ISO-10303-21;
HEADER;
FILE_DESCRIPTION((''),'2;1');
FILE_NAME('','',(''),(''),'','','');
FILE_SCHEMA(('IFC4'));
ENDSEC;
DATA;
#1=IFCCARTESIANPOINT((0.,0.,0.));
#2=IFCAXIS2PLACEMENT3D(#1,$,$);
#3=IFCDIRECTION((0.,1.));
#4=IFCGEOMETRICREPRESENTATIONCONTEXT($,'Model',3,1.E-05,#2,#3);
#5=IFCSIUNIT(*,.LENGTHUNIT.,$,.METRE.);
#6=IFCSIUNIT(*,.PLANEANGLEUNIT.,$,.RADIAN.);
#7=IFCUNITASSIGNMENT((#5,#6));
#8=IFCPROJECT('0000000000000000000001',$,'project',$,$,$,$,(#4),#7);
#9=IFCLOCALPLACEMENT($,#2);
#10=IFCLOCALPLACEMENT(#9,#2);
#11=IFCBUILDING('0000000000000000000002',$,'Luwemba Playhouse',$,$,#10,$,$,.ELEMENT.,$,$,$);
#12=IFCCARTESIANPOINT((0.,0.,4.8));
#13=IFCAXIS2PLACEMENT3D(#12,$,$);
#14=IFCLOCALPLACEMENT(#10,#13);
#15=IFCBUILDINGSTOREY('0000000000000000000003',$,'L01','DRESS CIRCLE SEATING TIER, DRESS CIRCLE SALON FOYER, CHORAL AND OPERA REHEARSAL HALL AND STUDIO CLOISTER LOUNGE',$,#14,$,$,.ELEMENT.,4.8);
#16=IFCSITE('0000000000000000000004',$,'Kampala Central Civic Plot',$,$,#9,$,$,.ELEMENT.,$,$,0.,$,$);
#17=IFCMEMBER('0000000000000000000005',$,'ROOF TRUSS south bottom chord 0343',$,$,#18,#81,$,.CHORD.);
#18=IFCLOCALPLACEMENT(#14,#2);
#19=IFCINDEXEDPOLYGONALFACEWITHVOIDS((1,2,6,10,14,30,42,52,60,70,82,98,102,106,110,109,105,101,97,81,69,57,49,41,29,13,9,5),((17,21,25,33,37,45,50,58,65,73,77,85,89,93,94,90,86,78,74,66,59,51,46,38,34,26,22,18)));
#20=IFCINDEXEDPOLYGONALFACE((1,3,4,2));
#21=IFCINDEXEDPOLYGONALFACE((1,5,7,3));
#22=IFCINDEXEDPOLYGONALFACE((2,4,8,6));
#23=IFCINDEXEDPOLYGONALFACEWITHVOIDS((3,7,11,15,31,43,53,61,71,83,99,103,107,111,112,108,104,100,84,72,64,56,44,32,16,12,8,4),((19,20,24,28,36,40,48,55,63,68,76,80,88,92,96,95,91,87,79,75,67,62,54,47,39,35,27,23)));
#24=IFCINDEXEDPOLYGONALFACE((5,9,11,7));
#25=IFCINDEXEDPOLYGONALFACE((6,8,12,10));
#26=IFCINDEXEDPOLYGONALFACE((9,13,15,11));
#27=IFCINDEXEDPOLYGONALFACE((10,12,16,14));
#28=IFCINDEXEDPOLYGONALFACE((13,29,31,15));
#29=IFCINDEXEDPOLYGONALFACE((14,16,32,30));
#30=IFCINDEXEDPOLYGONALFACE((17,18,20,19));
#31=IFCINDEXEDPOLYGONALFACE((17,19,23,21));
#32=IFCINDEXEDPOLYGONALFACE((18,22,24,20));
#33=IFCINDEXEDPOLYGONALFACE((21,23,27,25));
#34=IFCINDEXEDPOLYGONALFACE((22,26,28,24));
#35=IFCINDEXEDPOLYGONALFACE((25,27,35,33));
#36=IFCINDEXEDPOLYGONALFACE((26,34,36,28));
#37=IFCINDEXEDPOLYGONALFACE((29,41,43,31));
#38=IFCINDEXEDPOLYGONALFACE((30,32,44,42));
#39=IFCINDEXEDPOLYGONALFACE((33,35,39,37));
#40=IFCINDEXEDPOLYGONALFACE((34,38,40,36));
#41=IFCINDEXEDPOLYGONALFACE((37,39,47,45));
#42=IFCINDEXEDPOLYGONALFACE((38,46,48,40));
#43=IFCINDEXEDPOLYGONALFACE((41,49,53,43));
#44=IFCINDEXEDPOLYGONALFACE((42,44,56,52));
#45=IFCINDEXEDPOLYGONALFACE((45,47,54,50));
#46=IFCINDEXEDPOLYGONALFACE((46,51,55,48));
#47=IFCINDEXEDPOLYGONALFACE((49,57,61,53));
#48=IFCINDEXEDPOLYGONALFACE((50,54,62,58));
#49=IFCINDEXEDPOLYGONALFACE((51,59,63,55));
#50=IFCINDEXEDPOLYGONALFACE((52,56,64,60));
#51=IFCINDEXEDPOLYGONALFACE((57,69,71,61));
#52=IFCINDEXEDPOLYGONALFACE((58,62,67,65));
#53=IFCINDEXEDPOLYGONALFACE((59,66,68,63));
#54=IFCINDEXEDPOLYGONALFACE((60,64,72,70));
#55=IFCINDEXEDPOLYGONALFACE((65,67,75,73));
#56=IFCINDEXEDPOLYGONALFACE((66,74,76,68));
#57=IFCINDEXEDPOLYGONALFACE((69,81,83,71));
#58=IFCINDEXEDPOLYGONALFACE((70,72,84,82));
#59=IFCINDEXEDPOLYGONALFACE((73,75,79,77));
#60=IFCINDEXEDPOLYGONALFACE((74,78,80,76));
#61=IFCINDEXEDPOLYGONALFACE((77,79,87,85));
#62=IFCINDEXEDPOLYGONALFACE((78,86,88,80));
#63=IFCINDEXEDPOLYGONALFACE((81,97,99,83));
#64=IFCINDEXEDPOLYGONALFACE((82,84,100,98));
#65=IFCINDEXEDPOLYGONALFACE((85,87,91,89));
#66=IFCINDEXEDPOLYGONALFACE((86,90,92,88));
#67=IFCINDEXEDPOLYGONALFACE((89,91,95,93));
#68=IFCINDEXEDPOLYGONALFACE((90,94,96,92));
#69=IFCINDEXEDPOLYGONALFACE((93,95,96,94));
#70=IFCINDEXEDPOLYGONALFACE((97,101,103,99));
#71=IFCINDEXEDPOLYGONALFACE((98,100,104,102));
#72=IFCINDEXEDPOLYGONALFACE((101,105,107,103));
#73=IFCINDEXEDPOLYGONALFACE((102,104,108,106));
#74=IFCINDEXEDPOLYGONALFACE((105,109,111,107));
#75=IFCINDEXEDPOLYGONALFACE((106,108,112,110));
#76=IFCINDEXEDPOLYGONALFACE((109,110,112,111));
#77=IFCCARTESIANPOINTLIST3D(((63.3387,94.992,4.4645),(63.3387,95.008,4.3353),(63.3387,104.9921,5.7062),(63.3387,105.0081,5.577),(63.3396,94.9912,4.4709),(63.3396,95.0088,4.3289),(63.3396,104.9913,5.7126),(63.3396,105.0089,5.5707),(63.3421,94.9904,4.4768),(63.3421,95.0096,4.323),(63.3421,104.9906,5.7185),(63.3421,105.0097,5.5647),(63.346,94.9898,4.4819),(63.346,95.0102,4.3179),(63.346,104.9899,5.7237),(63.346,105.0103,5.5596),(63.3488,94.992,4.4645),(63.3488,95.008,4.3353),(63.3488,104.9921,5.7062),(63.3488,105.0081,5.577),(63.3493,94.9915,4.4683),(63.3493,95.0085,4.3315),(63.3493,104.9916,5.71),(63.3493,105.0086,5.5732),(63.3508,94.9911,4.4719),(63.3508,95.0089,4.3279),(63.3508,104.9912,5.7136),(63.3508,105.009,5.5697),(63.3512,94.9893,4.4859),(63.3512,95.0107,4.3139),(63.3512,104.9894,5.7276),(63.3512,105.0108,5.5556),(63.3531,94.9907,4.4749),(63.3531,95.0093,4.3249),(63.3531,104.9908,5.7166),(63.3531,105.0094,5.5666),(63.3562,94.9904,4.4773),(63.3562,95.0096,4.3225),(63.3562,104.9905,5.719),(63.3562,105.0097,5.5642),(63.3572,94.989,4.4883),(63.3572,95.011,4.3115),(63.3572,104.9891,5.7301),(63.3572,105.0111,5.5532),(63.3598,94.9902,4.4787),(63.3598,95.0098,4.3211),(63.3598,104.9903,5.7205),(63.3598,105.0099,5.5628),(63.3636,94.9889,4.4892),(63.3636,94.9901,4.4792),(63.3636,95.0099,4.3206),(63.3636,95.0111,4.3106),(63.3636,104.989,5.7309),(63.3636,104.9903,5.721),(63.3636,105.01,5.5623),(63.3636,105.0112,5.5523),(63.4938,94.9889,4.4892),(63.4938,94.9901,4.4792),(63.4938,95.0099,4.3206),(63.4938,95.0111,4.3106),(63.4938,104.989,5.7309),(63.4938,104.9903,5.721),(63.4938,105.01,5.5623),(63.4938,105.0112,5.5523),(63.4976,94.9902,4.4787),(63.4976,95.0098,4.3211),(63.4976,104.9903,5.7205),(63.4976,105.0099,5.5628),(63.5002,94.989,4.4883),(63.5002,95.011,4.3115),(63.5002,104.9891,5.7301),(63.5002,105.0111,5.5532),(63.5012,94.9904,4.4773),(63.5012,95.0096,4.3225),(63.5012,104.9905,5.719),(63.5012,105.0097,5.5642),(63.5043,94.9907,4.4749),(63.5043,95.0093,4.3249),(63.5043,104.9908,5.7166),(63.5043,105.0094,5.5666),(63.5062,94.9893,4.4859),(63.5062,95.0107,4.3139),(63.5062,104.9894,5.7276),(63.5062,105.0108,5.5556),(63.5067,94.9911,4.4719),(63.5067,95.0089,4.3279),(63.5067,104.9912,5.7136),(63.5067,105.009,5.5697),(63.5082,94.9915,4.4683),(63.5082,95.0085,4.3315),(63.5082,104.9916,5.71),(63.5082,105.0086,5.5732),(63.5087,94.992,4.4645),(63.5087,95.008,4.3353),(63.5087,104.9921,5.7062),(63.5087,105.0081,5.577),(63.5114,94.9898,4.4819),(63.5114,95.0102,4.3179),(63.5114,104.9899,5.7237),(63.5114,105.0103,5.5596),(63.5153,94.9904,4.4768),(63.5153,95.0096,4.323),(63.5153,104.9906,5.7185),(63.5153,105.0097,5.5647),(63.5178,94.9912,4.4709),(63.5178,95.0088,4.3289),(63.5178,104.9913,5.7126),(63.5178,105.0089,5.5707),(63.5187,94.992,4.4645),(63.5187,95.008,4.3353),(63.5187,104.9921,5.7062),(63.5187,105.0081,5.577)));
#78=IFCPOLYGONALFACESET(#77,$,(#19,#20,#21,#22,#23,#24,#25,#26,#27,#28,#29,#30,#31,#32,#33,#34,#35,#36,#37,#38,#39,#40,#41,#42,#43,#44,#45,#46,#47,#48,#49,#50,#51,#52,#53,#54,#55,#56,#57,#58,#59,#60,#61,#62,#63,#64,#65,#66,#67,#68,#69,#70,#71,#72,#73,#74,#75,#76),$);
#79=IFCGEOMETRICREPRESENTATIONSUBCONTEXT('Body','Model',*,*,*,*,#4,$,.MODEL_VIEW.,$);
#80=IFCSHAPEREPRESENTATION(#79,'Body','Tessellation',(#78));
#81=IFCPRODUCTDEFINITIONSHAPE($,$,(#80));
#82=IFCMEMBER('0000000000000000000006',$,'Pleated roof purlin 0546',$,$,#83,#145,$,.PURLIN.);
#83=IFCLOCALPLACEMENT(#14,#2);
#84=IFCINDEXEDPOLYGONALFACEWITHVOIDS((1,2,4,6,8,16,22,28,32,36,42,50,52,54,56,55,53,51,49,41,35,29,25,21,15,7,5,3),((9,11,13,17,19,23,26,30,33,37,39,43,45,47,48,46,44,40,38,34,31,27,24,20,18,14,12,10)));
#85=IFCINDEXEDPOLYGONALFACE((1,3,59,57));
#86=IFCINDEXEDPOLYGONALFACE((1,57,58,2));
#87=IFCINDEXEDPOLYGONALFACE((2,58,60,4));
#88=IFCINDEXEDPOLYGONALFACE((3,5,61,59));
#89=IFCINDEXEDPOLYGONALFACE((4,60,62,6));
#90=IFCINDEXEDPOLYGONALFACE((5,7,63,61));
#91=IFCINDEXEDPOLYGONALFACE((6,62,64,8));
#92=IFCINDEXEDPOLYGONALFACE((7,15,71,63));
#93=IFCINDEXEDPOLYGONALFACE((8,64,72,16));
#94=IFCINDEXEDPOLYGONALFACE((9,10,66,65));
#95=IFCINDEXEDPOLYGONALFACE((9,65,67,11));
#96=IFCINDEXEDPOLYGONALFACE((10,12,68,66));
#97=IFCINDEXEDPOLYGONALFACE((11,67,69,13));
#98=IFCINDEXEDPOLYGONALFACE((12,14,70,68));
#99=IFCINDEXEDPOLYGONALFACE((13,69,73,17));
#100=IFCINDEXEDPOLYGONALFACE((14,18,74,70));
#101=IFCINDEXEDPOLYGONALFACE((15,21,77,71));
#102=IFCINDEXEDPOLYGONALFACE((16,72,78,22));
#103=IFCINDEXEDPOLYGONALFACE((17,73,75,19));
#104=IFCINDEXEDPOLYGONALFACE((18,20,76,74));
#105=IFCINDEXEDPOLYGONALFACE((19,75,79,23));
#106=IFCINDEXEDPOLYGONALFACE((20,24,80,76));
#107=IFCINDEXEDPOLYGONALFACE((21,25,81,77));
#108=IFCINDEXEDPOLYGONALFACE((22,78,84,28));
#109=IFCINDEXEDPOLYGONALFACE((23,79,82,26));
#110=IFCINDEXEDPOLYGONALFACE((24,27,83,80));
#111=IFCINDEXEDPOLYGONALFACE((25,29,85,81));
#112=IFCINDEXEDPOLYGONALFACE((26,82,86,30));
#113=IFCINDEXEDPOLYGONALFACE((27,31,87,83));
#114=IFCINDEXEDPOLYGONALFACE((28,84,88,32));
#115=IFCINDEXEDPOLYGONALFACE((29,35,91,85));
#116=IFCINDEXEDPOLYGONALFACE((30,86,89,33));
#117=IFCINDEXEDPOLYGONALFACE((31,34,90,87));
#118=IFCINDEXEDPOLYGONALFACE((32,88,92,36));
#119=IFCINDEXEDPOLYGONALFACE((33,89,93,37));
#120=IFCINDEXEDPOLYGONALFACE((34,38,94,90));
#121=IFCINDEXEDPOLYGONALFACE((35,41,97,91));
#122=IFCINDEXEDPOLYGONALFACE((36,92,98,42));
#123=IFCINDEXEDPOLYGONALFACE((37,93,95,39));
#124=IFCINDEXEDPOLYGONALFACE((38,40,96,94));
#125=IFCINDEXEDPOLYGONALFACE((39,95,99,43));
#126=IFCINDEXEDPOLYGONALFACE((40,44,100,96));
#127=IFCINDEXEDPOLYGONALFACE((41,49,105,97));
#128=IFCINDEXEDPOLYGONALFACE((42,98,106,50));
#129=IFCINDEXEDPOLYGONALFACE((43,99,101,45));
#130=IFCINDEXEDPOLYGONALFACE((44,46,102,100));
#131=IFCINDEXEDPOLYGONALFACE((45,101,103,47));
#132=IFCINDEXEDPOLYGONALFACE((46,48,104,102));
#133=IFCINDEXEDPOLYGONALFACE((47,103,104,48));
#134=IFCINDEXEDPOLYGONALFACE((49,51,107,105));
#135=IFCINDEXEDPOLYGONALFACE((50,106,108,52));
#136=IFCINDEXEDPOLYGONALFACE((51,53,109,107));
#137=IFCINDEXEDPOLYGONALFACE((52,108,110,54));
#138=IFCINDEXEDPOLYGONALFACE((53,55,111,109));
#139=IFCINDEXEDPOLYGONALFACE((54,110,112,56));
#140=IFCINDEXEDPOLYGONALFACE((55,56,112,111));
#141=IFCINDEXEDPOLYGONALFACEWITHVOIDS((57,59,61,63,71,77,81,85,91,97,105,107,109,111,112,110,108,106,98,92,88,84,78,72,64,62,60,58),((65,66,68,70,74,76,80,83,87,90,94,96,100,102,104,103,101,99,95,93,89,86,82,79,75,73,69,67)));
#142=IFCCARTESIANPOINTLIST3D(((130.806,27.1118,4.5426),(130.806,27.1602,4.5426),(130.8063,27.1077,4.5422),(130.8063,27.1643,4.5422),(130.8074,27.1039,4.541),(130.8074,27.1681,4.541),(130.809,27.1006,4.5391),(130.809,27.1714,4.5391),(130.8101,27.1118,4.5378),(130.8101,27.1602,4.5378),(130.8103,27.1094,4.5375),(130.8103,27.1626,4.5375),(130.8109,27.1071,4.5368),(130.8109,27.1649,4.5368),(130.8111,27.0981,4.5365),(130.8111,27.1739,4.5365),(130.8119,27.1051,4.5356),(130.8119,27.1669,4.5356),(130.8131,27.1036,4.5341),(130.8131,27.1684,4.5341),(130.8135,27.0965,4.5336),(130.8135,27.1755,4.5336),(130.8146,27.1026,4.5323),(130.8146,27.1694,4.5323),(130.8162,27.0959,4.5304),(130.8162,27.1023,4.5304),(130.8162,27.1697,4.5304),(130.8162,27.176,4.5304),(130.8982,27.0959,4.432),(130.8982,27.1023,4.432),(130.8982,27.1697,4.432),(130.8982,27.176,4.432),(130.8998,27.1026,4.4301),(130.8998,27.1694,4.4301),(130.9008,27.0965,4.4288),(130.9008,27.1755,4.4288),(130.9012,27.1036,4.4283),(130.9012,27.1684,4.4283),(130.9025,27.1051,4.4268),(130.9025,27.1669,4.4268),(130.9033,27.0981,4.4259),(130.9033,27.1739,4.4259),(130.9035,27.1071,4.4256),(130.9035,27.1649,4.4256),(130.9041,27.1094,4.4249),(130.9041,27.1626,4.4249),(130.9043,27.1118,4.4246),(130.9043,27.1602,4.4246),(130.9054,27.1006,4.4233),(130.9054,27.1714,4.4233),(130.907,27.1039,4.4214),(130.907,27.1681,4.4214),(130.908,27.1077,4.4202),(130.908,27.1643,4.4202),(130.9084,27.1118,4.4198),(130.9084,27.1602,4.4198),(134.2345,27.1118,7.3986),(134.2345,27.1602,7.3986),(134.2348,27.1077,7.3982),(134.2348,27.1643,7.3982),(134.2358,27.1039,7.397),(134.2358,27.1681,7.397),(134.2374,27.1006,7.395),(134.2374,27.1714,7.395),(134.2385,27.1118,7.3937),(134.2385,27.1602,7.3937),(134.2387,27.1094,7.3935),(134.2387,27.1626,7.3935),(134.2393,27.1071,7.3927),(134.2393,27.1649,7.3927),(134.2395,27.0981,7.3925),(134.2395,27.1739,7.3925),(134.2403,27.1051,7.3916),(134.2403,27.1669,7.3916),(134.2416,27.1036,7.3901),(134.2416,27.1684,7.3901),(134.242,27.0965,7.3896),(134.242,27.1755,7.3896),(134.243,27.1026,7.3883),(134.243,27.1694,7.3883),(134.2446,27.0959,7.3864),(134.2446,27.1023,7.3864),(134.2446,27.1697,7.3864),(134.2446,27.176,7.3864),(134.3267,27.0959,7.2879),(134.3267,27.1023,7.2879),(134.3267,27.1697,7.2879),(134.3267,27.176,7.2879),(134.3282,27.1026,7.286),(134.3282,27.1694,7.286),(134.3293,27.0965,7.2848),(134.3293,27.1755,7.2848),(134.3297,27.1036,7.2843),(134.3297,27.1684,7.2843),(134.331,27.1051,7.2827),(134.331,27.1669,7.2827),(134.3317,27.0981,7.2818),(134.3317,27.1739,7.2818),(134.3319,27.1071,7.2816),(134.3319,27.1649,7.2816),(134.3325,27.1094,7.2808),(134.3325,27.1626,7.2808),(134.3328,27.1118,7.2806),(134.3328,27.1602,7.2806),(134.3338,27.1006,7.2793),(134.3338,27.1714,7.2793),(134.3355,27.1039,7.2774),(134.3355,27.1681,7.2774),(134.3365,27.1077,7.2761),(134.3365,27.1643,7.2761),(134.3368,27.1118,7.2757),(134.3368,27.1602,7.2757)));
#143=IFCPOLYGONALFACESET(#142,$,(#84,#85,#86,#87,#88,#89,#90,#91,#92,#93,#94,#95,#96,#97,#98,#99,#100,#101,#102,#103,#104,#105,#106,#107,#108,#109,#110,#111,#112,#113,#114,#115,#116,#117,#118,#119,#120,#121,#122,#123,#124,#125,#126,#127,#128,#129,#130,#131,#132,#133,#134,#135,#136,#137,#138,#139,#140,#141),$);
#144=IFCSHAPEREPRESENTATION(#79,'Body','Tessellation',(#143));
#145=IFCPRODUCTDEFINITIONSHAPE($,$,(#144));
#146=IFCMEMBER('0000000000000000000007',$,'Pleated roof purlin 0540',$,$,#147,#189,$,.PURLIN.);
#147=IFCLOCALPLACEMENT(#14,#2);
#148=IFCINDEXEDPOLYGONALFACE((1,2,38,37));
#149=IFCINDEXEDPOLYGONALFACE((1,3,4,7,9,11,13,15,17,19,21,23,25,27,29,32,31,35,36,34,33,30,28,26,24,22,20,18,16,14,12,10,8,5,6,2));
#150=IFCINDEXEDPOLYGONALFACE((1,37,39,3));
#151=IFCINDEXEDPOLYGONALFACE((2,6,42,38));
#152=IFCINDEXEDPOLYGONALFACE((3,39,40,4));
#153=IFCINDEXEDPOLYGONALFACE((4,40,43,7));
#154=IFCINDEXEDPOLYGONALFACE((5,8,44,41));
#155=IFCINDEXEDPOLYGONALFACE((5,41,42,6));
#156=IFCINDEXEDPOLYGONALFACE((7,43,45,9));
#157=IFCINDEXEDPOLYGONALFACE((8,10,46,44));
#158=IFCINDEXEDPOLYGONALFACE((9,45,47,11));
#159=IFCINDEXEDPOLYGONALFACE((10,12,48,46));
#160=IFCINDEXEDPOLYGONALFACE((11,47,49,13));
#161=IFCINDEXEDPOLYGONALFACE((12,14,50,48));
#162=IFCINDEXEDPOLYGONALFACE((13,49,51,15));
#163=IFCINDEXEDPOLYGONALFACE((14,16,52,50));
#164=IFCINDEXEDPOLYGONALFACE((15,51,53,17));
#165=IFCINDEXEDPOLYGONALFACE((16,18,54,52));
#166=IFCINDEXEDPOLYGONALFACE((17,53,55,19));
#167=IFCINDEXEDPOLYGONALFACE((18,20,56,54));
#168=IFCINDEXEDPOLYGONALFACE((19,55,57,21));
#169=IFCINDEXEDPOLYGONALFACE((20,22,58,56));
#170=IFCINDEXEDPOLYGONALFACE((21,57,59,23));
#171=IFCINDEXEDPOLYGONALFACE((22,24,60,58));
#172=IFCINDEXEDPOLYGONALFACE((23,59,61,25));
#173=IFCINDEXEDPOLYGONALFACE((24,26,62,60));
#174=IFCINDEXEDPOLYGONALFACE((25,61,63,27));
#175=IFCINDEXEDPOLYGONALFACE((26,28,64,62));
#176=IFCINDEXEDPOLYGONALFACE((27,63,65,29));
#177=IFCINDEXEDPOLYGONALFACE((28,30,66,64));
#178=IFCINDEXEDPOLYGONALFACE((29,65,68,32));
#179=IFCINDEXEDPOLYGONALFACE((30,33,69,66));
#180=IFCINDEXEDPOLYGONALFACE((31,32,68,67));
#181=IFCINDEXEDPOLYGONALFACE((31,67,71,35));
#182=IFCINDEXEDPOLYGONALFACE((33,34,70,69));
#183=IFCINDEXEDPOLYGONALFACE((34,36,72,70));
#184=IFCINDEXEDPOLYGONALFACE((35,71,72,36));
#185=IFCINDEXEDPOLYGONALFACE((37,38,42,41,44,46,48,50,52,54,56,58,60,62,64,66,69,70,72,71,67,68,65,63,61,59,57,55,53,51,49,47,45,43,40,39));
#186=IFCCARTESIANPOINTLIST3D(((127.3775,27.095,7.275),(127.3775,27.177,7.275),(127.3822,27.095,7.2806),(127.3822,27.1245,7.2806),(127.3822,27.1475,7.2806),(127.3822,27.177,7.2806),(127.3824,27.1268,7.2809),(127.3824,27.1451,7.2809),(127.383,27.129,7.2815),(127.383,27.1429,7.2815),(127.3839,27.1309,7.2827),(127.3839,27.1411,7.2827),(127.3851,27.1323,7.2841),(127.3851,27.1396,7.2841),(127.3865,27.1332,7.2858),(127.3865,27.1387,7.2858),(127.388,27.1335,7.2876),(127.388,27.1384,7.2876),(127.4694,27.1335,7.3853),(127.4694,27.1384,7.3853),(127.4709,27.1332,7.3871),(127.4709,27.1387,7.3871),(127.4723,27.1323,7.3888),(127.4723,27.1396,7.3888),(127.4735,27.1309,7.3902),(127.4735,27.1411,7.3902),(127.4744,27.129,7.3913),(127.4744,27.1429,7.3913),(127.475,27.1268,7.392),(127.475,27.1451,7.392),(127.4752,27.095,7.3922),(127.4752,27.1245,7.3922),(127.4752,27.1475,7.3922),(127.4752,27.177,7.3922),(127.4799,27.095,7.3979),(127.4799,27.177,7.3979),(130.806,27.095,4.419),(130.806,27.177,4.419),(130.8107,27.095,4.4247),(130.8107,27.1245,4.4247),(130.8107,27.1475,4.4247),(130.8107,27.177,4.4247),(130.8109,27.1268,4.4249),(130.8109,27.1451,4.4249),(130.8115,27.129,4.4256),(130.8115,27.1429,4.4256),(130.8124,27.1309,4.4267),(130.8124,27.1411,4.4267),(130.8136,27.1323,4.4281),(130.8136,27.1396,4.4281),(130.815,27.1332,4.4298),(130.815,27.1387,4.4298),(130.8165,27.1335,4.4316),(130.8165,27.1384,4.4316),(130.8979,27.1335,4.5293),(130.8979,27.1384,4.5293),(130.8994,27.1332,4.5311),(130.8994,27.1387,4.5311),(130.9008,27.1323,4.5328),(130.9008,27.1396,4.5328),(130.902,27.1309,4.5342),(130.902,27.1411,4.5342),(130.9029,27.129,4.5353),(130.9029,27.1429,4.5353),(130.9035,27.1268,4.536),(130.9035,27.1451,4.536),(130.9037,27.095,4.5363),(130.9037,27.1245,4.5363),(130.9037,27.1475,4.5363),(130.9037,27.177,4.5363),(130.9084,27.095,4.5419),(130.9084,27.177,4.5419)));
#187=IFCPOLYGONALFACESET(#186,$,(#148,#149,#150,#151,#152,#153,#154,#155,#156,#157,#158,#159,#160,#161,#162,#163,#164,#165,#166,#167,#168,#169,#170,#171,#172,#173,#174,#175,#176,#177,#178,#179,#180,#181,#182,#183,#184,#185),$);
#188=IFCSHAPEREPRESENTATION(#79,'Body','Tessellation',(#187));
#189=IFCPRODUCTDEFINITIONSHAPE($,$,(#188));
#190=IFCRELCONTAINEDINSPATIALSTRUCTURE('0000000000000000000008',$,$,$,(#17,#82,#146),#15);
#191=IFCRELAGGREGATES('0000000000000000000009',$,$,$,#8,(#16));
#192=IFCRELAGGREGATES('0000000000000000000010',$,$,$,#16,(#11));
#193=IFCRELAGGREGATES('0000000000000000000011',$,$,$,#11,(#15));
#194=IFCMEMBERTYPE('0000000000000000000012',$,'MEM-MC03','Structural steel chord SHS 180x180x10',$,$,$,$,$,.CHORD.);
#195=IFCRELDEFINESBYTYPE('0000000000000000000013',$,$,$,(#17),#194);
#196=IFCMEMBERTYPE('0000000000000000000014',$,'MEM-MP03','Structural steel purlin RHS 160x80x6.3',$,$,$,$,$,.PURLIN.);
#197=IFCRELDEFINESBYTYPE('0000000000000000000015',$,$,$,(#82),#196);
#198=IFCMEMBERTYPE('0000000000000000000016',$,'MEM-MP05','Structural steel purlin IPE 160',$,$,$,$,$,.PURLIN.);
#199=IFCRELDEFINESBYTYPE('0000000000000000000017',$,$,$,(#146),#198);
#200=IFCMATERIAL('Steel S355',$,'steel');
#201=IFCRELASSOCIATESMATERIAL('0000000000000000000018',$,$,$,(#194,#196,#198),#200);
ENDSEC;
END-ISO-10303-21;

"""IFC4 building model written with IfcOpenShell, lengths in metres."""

from ifc_helpers import new_model, si_unit, direction, frame, origin, origin_2d, place, context, subcontext, project, spatial, hollow_rectangle, i_section, extrude, material, material_profile, profile_set, type_object, element, save


model = new_model("IFC4")

# Units and contexts
model_context = context("Model", 3, precision=1e-05, world=origin(), true_north=direction((0.0, 1.0)))
body_context = subcontext(model_context, "Body", "Model", "MODEL_VIEW")
ifc_project = project(units=[si_unit("LENGTHUNIT", "METRE"), si_unit("PLANEANGLEUNIT", "RADIAN")], contexts=[model_context])

# Site, building, storey
site_placement = place(None, origin())
site = spatial("IfcSite", under=ifc_project, at=site_placement, Name="Kampala Central Civic Plot", CompositionType="ELEMENT", RefElevation=0.0)
building_placement = place(site_placement, origin())
building = spatial("IfcBuilding", under=site, at=building_placement, Name="Luwemba Playhouse", CompositionType="ELEMENT")
storey_placement = place(building_placement, frame((0.0, 0.0, 4.8)))
storey = spatial("IfcBuildingStorey", under=building, at=storey_placement, Name="L01", Description="DRESS CIRCLE SEATING TIER, DRESS CIRCLE SALON FOYER, CHORAL AND OPERA REHEARSAL HALL AND STUDIO CLOISTER LOUNGE", CompositionType="ELEMENT", Elevation=4.8)

# Shared definitions
ifc_material_1 = material(Name="Steel S355", Category="steel")

# Members
ifc_material_profile_1 = material_profile(ifc_material_1, hollow_rectangle(XDim=0.1799, YDim=0.1799, WallThickness=0.01, InnerFilletRadius=0.0149, OuterFilletRadius=0.0249, at=origin_2d()))
ifc_profile_set_1 = profile_set([ifc_material_profile_1], Name="Steel S355")
member_type_1 = type_object("IfcMemberType", Name="MEM-MC03", Description="Structural steel chord SHS 180x180x10", PredefinedType="CHORD", material=ifc_profile_set_1)
member_1_placement = place(storey_placement, frame((63.4287, 95.0, 4.3999), z_axis=(0.0, 0.992379, 0.123224), x_axis=(-1.0, 0.0, 0.0)))
element("IfcMember", 1, at=member_1_placement, inside=storey, type_object=member_type_1, Name="ROOF TRUSS south bottom chord 0343", PredefinedType="CHORD", context=body_context, shape_type="SweptSolid", body=[
    extrude(hollow_rectangle(XDim=0.1799, YDim=0.1799, WallThickness=0.01, InnerFilletRadius=0.0149, OuterFilletRadius=0.0249, at=origin_2d()), origin(), (0.0, 0.0, 1.0), 10.0769),
])
ifc_material_profile_2 = material_profile(ifc_material_1, hollow_rectangle(XDim=0.0801, YDim=0.1599, WallThickness=0.0063, InnerFilletRadius=0.0095, OuterFilletRadius=0.0159, at=origin_2d()))
ifc_profile_set_2 = profile_set([ifc_material_profile_2], Name="Steel S355")
member_type_2 = type_object("IfcMemberType", Name="MEM-MP03", Description="Structural steel purlin RHS 160x80x6.3", PredefinedType="PURLIN", material=ifc_profile_set_2)
member_2_placement = place(storey_placement, frame((130.8572, 27.136, 4.4812), z_axis=(0.768342, 0.0, 0.640039), x_axis=(0.0, 1.0, 0.0)))
element("IfcMember", 2, at=member_2_placement, inside=storey, type_object=member_type_2, Name="Pleated roof purlin 0546", PredefinedType="PURLIN", context=body_context, shape_type="SweptSolid", body=[
    extrude(hollow_rectangle(XDim=0.0801, YDim=0.1599, WallThickness=0.0063, InnerFilletRadius=0.0095, OuterFilletRadius=0.0159, at=origin_2d()), origin(), (0.0, 0.0, 1.0), 4.4622),
])
ifc_material_profile_3 = material_profile(ifc_material_1, i_section(OverallWidth=0.082, OverallDepth=0.1599, WebThickness=0.0049, FlangeThickness=0.0073, FilletRadius=0.009, at=origin_2d()))
ifc_profile_set_3 = profile_set([ifc_material_profile_3], Name="Steel S355")
member_type_3 = type_object("IfcMemberType", Name="MEM-MP05", Description="Structural steel purlin IPE 160", PredefinedType="PURLIN", material=ifc_profile_set_3)
member_3_placement = place(storey_placement, frame((127.4287, 27.136, 7.3364), z_axis=(0.768342, 0.0, -0.640039), x_axis=(0.0, 1.0, 0.0)))
element("IfcMember", 3, at=member_3_placement, inside=storey, type_object=member_type_3, Name="Pleated roof purlin 0540", PredefinedType="PURLIN", context=body_context, shape_type="SweptSolid", body=[
    extrude(i_section(OverallWidth=0.082, OverallDepth=0.1599, WebThickness=0.0049, FlangeThickness=0.0073, FilletRadius=0.009, at=origin_2d()), origin(), (0.0, 0.0, 1.0), 4.4622),
])

save(model, "model.ifc")
